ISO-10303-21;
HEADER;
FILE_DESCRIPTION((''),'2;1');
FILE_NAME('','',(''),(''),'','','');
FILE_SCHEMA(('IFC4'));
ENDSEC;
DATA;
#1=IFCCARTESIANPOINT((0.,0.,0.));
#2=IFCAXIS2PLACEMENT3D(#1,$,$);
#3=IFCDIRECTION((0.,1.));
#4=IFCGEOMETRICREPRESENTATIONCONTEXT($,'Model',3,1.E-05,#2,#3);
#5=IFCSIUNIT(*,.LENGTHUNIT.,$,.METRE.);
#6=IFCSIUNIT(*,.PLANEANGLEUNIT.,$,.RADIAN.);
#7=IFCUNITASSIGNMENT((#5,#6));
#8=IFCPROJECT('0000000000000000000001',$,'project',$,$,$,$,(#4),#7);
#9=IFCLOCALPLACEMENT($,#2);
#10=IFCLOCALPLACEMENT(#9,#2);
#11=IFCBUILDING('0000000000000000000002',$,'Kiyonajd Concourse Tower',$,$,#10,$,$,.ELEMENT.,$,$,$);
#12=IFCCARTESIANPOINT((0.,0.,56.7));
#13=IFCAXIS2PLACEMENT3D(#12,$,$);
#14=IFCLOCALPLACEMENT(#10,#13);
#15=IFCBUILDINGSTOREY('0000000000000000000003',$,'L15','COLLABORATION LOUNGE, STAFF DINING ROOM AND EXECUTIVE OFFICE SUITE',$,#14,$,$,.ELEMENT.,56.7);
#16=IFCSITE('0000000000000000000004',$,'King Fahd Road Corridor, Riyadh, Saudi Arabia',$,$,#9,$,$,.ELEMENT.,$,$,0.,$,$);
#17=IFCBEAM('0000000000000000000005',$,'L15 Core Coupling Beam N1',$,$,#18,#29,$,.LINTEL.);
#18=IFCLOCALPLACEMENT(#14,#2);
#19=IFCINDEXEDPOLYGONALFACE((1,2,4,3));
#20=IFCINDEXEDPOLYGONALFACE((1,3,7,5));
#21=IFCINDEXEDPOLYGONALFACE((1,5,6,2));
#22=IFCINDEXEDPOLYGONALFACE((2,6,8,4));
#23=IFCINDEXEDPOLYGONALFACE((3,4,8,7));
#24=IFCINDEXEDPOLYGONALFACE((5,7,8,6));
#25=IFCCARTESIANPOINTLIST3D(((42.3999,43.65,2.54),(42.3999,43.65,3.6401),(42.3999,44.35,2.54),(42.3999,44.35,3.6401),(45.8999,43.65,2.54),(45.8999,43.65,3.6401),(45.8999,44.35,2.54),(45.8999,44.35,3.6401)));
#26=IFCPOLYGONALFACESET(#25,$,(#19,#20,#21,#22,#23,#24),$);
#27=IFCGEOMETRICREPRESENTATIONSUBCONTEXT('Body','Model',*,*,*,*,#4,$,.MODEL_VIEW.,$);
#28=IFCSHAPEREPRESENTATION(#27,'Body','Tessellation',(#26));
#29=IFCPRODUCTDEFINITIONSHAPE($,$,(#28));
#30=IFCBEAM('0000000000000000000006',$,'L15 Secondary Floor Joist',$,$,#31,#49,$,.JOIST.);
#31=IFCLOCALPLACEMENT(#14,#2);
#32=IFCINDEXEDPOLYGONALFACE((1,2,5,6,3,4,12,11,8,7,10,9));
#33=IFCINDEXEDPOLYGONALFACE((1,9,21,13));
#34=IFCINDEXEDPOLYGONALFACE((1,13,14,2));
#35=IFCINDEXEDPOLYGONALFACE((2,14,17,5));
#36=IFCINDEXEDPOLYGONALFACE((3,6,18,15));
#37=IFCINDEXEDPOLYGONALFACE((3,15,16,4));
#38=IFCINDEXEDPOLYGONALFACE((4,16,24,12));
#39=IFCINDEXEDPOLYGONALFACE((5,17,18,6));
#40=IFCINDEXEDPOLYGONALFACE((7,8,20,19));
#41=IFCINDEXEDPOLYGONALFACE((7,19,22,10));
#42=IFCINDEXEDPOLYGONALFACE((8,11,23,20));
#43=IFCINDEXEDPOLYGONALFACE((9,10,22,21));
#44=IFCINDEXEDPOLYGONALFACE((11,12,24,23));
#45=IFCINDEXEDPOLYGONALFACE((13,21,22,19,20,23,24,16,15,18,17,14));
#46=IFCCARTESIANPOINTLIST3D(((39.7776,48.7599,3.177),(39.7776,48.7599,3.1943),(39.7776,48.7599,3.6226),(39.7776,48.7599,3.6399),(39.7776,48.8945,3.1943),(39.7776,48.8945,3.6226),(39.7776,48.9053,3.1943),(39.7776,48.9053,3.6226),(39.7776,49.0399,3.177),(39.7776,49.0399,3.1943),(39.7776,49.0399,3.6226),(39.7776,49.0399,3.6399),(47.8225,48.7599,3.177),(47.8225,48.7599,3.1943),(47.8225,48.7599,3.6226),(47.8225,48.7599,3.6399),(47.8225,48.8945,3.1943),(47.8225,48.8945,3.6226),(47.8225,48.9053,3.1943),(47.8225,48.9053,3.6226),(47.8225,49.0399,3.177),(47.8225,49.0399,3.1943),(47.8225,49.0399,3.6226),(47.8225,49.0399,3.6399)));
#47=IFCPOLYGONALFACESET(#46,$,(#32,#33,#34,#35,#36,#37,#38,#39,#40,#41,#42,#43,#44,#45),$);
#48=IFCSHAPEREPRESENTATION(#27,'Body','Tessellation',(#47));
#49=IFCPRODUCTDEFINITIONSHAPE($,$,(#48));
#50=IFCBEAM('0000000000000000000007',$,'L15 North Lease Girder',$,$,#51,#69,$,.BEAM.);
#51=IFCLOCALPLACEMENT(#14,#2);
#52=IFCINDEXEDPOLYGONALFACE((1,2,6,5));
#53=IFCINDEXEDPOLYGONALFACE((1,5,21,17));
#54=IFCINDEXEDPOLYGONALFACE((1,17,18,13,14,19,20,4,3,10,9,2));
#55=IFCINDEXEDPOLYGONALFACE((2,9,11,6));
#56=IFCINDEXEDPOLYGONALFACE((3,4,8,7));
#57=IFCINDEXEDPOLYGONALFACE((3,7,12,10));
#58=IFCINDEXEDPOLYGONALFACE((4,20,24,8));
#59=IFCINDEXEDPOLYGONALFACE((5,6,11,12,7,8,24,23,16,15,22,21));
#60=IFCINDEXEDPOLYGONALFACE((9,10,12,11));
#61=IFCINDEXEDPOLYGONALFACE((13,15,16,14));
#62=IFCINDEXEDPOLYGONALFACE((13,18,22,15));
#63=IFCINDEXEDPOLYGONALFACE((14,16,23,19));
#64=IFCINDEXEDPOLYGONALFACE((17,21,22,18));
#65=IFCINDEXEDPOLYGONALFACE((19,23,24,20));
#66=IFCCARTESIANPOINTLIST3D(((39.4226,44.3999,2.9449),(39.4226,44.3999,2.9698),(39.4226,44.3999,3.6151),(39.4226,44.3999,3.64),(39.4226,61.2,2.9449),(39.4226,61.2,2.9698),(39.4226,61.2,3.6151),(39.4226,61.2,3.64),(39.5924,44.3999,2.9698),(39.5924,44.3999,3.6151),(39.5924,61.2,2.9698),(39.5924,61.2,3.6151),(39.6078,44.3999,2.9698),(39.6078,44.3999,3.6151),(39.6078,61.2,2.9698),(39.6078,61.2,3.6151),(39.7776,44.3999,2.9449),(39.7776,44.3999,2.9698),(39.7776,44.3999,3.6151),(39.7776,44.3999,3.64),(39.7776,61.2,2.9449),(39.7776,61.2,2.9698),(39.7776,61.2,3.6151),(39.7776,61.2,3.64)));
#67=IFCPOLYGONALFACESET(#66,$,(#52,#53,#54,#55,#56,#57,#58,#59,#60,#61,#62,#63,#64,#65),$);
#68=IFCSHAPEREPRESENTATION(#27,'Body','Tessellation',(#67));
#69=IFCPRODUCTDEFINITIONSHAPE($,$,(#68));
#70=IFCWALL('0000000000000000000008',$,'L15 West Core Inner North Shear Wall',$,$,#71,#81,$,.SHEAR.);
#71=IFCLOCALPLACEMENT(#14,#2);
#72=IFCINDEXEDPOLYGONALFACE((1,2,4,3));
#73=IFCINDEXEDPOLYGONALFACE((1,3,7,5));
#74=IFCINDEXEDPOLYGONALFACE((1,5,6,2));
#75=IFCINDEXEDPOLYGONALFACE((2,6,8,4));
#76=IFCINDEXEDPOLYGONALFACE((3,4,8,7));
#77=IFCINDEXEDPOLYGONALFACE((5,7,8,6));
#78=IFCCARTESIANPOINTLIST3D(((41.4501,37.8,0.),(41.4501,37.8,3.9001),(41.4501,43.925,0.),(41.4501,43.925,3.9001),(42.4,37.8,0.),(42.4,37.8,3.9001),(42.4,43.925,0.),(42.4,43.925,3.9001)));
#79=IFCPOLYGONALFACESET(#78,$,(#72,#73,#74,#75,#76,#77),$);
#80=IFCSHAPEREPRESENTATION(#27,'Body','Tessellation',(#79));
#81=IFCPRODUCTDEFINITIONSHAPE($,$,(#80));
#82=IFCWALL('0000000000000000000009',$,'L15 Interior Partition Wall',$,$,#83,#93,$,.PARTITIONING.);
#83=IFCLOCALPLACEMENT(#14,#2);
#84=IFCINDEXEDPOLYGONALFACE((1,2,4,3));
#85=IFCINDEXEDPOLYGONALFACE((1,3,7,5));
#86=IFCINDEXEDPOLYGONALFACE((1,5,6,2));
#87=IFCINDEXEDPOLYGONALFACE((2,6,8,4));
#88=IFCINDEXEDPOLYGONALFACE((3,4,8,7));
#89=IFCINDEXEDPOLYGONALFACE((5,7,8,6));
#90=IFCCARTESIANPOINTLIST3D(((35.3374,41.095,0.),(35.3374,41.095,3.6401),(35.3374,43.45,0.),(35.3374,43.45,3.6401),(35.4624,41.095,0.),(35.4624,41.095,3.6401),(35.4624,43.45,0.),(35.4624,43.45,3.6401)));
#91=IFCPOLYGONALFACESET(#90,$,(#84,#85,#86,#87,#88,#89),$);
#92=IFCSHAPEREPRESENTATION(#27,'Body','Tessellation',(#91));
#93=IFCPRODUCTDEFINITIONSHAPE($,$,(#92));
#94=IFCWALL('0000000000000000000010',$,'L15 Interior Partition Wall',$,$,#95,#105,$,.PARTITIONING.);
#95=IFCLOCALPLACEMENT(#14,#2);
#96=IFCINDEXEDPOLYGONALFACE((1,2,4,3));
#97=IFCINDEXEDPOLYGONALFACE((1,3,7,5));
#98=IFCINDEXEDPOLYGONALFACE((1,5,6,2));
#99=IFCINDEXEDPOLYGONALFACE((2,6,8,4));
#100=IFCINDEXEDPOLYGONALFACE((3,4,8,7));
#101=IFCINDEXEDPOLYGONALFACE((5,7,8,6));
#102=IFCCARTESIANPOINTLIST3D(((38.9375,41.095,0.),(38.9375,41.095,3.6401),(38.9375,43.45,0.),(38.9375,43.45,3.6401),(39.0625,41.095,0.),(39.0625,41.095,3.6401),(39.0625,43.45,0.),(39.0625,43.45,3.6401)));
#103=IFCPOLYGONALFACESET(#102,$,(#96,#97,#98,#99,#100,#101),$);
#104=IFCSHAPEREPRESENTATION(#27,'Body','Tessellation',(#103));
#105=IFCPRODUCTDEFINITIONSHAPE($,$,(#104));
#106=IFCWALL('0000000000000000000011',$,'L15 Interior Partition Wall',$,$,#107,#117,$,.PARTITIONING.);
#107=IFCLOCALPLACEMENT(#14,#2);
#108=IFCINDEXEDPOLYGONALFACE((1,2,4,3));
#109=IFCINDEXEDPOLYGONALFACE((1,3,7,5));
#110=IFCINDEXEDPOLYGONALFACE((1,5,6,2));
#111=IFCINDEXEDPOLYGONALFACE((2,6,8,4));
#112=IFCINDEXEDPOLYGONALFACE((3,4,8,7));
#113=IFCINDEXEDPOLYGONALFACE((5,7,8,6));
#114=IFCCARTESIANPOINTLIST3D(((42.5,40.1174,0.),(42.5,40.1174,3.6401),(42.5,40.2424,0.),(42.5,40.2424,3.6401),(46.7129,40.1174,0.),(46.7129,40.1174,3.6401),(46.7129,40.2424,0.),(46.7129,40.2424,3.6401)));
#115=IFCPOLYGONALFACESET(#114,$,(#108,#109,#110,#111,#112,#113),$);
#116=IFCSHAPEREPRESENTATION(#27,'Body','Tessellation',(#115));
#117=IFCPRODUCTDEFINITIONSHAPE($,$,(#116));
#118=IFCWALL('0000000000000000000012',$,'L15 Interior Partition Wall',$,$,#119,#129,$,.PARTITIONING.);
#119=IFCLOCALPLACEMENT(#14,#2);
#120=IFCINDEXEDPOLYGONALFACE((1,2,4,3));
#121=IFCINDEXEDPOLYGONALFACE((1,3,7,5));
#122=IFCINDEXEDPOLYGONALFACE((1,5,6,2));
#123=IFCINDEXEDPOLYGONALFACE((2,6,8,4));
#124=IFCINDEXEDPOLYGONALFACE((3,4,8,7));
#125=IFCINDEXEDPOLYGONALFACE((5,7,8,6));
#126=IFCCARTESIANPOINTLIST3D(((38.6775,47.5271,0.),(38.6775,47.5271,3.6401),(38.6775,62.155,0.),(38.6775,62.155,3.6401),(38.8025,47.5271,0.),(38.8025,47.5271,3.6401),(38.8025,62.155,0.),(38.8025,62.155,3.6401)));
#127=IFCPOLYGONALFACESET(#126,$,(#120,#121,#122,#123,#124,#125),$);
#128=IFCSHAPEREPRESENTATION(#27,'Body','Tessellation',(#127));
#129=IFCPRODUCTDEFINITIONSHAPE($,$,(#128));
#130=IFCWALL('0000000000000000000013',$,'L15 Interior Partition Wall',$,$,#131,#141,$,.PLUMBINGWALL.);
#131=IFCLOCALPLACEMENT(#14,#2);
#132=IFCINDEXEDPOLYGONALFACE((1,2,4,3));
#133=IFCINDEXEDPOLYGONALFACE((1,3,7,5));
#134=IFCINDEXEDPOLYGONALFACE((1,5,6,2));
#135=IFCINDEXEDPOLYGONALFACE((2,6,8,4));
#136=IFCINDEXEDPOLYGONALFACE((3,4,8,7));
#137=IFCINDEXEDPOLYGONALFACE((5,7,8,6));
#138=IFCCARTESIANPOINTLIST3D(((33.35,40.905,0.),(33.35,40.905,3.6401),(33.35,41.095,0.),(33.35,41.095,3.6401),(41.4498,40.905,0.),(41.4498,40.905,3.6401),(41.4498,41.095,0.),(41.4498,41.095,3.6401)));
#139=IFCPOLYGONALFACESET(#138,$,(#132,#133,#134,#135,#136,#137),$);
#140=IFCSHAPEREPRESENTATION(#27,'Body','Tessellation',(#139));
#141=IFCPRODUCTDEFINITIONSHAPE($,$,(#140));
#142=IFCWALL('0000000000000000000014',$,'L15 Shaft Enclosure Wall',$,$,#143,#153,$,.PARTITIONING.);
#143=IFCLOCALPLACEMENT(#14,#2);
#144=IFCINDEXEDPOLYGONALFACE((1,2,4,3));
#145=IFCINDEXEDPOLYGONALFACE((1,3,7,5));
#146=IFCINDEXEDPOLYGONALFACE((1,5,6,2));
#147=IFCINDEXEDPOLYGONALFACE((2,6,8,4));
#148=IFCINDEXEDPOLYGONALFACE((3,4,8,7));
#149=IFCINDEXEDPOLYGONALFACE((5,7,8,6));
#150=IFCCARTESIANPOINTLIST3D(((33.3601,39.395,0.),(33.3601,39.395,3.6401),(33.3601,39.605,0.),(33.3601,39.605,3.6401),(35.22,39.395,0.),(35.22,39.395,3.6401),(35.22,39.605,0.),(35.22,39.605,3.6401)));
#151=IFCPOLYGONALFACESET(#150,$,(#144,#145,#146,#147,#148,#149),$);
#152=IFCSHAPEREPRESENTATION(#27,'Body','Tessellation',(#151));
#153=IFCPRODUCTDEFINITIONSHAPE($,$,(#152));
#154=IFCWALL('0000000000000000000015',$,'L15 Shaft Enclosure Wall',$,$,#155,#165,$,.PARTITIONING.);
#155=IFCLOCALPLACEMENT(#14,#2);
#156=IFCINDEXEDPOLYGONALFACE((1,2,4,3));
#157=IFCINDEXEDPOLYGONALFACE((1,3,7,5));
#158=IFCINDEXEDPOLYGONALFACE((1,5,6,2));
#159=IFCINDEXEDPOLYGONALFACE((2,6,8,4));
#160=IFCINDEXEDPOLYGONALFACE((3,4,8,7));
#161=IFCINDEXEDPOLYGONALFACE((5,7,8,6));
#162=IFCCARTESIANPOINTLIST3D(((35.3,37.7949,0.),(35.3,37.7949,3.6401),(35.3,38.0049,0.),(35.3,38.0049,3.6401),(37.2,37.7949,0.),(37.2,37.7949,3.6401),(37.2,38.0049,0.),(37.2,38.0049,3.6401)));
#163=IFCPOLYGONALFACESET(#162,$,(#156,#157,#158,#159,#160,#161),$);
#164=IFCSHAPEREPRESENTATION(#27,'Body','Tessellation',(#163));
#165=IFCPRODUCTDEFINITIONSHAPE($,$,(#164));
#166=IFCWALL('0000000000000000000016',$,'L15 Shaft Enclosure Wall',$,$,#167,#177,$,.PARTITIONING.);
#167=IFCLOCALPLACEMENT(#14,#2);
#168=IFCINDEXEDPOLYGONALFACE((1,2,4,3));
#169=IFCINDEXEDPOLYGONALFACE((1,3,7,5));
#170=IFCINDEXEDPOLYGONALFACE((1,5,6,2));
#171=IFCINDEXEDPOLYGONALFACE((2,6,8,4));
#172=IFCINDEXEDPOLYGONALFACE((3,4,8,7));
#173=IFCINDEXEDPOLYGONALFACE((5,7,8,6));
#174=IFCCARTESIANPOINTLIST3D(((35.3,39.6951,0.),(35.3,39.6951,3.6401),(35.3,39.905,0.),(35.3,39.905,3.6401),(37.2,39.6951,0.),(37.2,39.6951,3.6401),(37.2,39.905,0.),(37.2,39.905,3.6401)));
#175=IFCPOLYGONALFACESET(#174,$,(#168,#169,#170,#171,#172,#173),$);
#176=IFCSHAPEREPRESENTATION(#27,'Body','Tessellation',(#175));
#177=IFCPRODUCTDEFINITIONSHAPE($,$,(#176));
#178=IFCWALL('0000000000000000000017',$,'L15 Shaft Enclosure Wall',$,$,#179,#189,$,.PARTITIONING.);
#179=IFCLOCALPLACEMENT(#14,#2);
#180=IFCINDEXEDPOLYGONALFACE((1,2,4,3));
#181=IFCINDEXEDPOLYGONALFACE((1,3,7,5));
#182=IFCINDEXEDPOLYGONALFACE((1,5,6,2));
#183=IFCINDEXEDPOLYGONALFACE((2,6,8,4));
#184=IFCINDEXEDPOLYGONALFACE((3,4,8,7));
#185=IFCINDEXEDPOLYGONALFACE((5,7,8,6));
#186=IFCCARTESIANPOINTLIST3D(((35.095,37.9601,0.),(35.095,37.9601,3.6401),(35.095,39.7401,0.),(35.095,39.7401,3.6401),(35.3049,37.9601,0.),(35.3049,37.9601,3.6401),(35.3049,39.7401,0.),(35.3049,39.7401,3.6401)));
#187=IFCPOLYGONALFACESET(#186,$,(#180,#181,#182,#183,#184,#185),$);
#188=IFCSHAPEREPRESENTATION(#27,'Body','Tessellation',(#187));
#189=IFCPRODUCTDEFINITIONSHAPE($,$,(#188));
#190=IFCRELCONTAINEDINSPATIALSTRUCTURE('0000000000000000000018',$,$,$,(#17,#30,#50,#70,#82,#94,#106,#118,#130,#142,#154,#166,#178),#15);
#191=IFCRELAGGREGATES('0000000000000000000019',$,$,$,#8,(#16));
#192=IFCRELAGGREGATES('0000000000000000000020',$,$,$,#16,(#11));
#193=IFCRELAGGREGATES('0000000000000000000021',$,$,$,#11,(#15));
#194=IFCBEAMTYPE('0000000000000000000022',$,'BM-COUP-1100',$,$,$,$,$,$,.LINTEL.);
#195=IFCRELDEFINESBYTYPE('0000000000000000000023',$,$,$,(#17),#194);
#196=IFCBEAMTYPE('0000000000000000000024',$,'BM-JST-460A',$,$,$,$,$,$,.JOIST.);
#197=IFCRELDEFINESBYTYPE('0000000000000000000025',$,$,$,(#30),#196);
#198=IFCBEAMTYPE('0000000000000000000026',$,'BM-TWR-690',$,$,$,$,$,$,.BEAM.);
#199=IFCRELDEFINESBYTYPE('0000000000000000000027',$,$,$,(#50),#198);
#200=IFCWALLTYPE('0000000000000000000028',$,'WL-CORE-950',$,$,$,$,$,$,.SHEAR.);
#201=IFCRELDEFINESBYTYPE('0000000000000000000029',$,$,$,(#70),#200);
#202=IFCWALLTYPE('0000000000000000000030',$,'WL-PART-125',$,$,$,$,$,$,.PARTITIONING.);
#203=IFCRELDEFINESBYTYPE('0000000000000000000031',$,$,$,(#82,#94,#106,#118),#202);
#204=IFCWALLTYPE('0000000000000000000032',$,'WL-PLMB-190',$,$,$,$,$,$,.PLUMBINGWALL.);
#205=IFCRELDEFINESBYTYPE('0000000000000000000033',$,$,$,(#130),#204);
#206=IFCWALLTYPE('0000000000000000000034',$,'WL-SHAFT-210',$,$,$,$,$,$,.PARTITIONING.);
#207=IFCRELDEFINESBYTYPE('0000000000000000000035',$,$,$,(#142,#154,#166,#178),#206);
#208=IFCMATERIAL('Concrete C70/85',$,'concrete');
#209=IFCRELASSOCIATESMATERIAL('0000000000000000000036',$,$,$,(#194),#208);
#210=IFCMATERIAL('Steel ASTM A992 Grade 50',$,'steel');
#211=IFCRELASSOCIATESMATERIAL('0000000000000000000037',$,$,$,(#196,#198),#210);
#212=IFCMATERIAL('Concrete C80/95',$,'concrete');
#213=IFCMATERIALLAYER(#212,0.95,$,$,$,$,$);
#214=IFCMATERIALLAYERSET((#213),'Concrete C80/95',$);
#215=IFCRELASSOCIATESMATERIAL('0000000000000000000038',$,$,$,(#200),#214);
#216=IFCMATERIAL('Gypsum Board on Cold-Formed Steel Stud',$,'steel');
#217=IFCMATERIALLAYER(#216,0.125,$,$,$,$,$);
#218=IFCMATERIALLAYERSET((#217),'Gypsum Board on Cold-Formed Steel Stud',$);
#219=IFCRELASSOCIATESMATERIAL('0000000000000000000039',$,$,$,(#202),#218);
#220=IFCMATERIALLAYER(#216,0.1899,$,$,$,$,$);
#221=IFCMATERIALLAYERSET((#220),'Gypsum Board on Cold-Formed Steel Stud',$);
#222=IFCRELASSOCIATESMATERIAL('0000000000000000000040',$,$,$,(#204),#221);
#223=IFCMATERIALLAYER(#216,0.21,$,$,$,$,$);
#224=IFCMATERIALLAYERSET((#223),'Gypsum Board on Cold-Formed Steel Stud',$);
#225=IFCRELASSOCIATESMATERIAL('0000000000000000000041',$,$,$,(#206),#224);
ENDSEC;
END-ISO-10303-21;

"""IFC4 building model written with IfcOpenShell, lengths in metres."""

from ifc_helpers import new_model, si_unit, direction, frame, frame_2d, origin, origin_2d, place, context, subcontext, project, spatial, rectangle, i_section, extrude, material, layer, layer_set, material_profile, profile_set, type_object, element, save


model = new_model("IFC4")

# Units and contexts
model_context = context("Model", 3, precision=1e-05, world=origin(), true_north=direction((0.0, 1.0)))
body_context = subcontext(model_context, "Body", "Model", "MODEL_VIEW")
ifc_project = project(units=[si_unit("LENGTHUNIT", "METRE"), si_unit("PLANEANGLEUNIT", "RADIAN")], contexts=[model_context])

# Site, building, storey
site_placement = place(None, origin())
site = spatial("IfcSite", under=ifc_project, at=site_placement, Name="King Fahd Road Corridor, Riyadh, Saudi Arabia", CompositionType="ELEMENT", RefElevation=0.0)
building_placement = place(site_placement, origin())
building = spatial("IfcBuilding", under=site, at=building_placement, Name="Kiyonajd Concourse Tower", CompositionType="ELEMENT")
storey_placement = place(building_placement, frame((0.0, 0.0, 56.7)))
storey = spatial("IfcBuildingStorey", under=building, at=storey_placement, Name="L15", Description="COLLABORATION LOUNGE, STAFF DINING ROOM AND EXECUTIVE OFFICE SUITE", CompositionType="ELEMENT", Elevation=56.7)

# Beams
ifc_material_1 = material(Name="Concrete C70/85", Category="concrete")
ifc_material_profile_1 = material_profile(ifc_material_1, rectangle(XDim=0.7, YDim=1.1001, at=origin_2d()), Name="RCBM-700x1100")
ifc_profile_set_1 = profile_set([ifc_material_profile_1], Name="Concrete C70/85")
beam_type_1 = type_object("IfcBeamType", Name="BM-COUP-1100", PredefinedType="LINTEL", material=ifc_profile_set_1)
beam_1_placement = place(storey_placement, frame((42.3999, 44.0, 3.0901), z_axis=(1.0, 0.0, 0.0), x_axis=(0.0, 1.0, 0.0)))
element("IfcBeam", 1, at=beam_1_placement, inside=storey, type_object=beam_type_1, Name="L15 Core Coupling Beam N1", PredefinedType="LINTEL", context=body_context, shape_type="SweptSolid", body=[
    extrude(rectangle(XDim=0.7, YDim=1.1001, at=origin_2d()), origin(), (0.0, 0.0, 1.0), 3.5),
])
ifc_material_2 = material(Name="Steel ASTM A992 Grade 50", Category="steel")
ifc_material_profile_2 = material_profile(ifc_material_2, i_section(OverallWidth=0.28, OverallDepth=0.4629, WebThickness=0.0107, FlangeThickness=0.0173, at=origin_2d()), Name="W460X113")
ifc_profile_set_2 = profile_set([ifc_material_profile_2], Name="Steel ASTM A992 Grade 50")
beam_type_2 = type_object("IfcBeamType", Name="BM-JST-460A", PredefinedType="JOIST", material=ifc_profile_set_2)
beam_2_placement = place(storey_placement, frame((39.7776, 48.8999, 3.4084), z_axis=(1.0, 0.0, 0.0), x_axis=(0.0, 1.0, 0.0)))
element("IfcBeam", 2, at=beam_2_placement, inside=storey, type_object=beam_type_2, Name="L15 Secondary Floor Joist", PredefinedType="JOIST", context=body_context, shape_type="SweptSolid", body=[
    extrude(i_section(OverallWidth=0.28, OverallDepth=0.4629, WebThickness=0.0107, FlangeThickness=0.0173, at=origin_2d()), origin(), (0.0, 0.0, 1.0), 8.0449),
])
ifc_material_profile_3 = material_profile(ifc_material_2, i_section(OverallWidth=0.355, OverallDepth=0.6951, WebThickness=0.0154, FlangeThickness=0.0249, at=origin_2d()), Name="W690X217")
ifc_profile_set_3 = profile_set([ifc_material_profile_3], Name="Steel ASTM A992 Grade 50")
beam_type_3 = type_object("IfcBeamType", Name="BM-TWR-690", PredefinedType="BEAM", material=ifc_profile_set_3)
beam_3_placement = place(storey_placement, frame((39.6001, 44.3999, 3.2925), z_axis=(0.0, 1.0, 0.0), x_axis=(-1.0, 0.0, 0.0)))
element("IfcBeam", 3, at=beam_3_placement, inside=storey, type_object=beam_type_3, Name="L15 North Lease Girder", PredefinedType="BEAM", context=body_context, shape_type="SweptSolid", body=[
    extrude(i_section(OverallWidth=0.355, OverallDepth=0.6951, WebThickness=0.0154, FlangeThickness=0.0249, at=origin_2d()), origin(), (0.0, 0.0, 1.0), 16.8),
])

# Walls
ifc_material_3 = material(Name="Concrete C80/95", Category="concrete")
ifc_layer_1 = layer(ifc_material_3, 0.95)
ifc_layer_set_1 = layer_set([ifc_layer_1], Name="Concrete C80/95")
wall_type_1 = type_object("IfcWallType", Name="WL-CORE-950", PredefinedType="SHEAR", material=ifc_layer_set_1)
wall_1_placement = place(storey_placement, frame((41.925, 37.8, 0.0), z_axis=(0.0, 0.0, 1.0), x_axis=(0.0, 1.0, 0.0)))
element("IfcWall", 4, at=wall_1_placement, inside=storey, type_object=wall_type_1, Name="L15 West Core Inner North Shear Wall", PredefinedType="SHEAR", context=body_context, shape_type="SweptSolid", body=[
    extrude(rectangle(XDim=6.125, YDim=0.95, at=frame_2d((3.0625, 0.0))), origin(), (0.0, 0.0, 1.0), 3.9001),
])
ifc_material_4 = material(Name="Gypsum Board on Cold-Formed Steel Stud", Category="steel")
ifc_layer_2 = layer(ifc_material_4, 0.125)
ifc_layer_set_2 = layer_set([ifc_layer_2], Name="Gypsum Board on Cold-Formed Steel Stud")
wall_type_2 = type_object("IfcWallType", Name="WL-PART-125", PredefinedType="PARTITIONING", material=ifc_layer_set_2)
for number, where, z_axis, x_axis, name in (
    (5, (35.3999, 41.095, 0.0), (0.0, 0.0, 1.0), (0.0, 1.0, 0.0), "L15 Interior Partition Wall"),
    (6, (39.0, 41.095, 0.0), (0.0, 0.0, 1.0), (0.0, 1.0, 0.0), "L15 Interior Partition Wall"),
):
    element("IfcWall", number, at=place(storey_placement, frame(where, z_axis=z_axis, x_axis=x_axis)), inside=storey, type_object=wall_type_2, Name=name, PredefinedType="PARTITIONING", context=body_context, shape_type="SweptSolid", body=[
        extrude(rectangle(XDim=2.355, YDim=0.125, at=frame_2d((1.1775, 0.0))), origin(), (0.0, 0.0, 1.0), 3.6401),
    ])
wall_2_placement = place(storey_placement, frame((42.5, 40.1799, 0.0), z_axis=(0.0, 0.0, 1.0), x_axis=(1.0, 0.0, 0.0)))
element("IfcWall", 7, at=wall_2_placement, inside=storey, type_object=wall_type_2, Name="L15 Interior Partition Wall", PredefinedType="PARTITIONING", context=body_context, shape_type="SweptSolid", body=[
    extrude(rectangle(XDim=4.2129, YDim=0.125, at=frame_2d((2.1064, 0.0))), origin(), (0.0, 0.0, 1.0), 3.6401),
])
wall_3_placement = place(storey_placement, frame((38.74, 47.5271, 0.0), z_axis=(0.0, 0.0, 1.0), x_axis=(0.0, 1.0, 0.0)))
element("IfcWall", 8, at=wall_3_placement, inside=storey, type_object=wall_type_2, Name="L15 Interior Partition Wall", PredefinedType="PARTITIONING", context=body_context, shape_type="SweptSolid", body=[
    extrude(rectangle(XDim=14.6279, YDim=0.125, at=frame_2d((7.314, 0.0))), origin(), (0.0, 0.0, 1.0), 3.6401),
])
ifc_layer_3 = layer(ifc_material_4, 0.1899)
ifc_layer_set_3 = layer_set([ifc_layer_3], Name="Gypsum Board on Cold-Formed Steel Stud")
wall_type_3 = type_object("IfcWallType", Name="WL-PLMB-190", PredefinedType="PLUMBINGWALL", material=ifc_layer_set_3)
wall_4_placement = place(storey_placement, frame((33.3501, 41.0, 0.0), z_axis=(0.0, 0.0, 1.0), x_axis=(1.0, 0.0, 0.0)))
element("IfcWall", 9, at=wall_4_placement, inside=storey, type_object=wall_type_3, Name="L15 Interior Partition Wall", PredefinedType="PLUMBINGWALL", context=body_context, shape_type="SweptSolid", body=[
    extrude(rectangle(XDim=8.0999, YDim=0.1899, at=frame_2d((4.0498, 0.0))), origin(), (0.0, 0.0, 1.0), 3.6401),
])
ifc_layer_4 = layer(ifc_material_4, 0.21)
ifc_layer_set_4 = layer_set([ifc_layer_4], Name="Gypsum Board on Cold-Formed Steel Stud")
wall_type_4 = type_object("IfcWallType", Name="WL-SHAFT-210", PredefinedType="PARTITIONING", material=ifc_layer_set_4)
wall_5_placement = place(storey_placement, frame((33.3601, 39.5, 0.0), z_axis=(0.0, 0.0, 1.0), x_axis=(1.0, 0.0, 0.0)))
element("IfcWall", 10, at=wall_5_placement, inside=storey, type_object=wall_type_4, Name="L15 Shaft Enclosure Wall", PredefinedType="PARTITIONING", context=body_context, shape_type="SweptSolid", body=[
    extrude(rectangle(XDim=1.8599, YDim=0.21, at=frame_2d((0.9299, 0.0))), origin(), (0.0, 0.0, 1.0), 3.6401),
])
for number, where, z_axis, x_axis, name in (
    (11, (35.3, 37.8999, 0.0), (0.0, 0.0, 1.0), (1.0, 0.0, 0.0), "L15 Shaft Enclosure Wall"),
    (12, (35.3, 39.8, 0.0), (0.0, 0.0, 1.0), (1.0, 0.0, 0.0), "L15 Shaft Enclosure Wall"),
):
    element("IfcWall", number, at=place(storey_placement, frame(where, z_axis=z_axis, x_axis=x_axis)), inside=storey, type_object=wall_type_4, Name=name, PredefinedType="PARTITIONING", context=body_context, shape_type="SweptSolid", body=[
        extrude(rectangle(XDim=1.8999, YDim=0.21, at=frame_2d((0.95, 0.0))), origin(), (0.0, 0.0, 1.0), 3.6401),
    ])
for number, where, z_axis, x_axis, name in (
    (13, (35.2, 37.96, 0.0), (0.0, 0.0, 1.0), (0.0, 1.0, 0.0), "L15 Shaft Enclosure Wall"),
):
    element("IfcWall", number, at=place(storey_placement, frame(where, z_axis=z_axis, x_axis=x_axis)), inside=storey, type_object=wall_type_4, Name=name, PredefinedType="PARTITIONING", context=body_context, shape_type="SweptSolid", body=[
        extrude(rectangle(XDim=1.78, YDim=0.21, at=frame_2d((0.8901, 0.0))), origin(), (0.0, 0.0, 1.0), 3.6401),
    ])

save(model, "model.ifc")
